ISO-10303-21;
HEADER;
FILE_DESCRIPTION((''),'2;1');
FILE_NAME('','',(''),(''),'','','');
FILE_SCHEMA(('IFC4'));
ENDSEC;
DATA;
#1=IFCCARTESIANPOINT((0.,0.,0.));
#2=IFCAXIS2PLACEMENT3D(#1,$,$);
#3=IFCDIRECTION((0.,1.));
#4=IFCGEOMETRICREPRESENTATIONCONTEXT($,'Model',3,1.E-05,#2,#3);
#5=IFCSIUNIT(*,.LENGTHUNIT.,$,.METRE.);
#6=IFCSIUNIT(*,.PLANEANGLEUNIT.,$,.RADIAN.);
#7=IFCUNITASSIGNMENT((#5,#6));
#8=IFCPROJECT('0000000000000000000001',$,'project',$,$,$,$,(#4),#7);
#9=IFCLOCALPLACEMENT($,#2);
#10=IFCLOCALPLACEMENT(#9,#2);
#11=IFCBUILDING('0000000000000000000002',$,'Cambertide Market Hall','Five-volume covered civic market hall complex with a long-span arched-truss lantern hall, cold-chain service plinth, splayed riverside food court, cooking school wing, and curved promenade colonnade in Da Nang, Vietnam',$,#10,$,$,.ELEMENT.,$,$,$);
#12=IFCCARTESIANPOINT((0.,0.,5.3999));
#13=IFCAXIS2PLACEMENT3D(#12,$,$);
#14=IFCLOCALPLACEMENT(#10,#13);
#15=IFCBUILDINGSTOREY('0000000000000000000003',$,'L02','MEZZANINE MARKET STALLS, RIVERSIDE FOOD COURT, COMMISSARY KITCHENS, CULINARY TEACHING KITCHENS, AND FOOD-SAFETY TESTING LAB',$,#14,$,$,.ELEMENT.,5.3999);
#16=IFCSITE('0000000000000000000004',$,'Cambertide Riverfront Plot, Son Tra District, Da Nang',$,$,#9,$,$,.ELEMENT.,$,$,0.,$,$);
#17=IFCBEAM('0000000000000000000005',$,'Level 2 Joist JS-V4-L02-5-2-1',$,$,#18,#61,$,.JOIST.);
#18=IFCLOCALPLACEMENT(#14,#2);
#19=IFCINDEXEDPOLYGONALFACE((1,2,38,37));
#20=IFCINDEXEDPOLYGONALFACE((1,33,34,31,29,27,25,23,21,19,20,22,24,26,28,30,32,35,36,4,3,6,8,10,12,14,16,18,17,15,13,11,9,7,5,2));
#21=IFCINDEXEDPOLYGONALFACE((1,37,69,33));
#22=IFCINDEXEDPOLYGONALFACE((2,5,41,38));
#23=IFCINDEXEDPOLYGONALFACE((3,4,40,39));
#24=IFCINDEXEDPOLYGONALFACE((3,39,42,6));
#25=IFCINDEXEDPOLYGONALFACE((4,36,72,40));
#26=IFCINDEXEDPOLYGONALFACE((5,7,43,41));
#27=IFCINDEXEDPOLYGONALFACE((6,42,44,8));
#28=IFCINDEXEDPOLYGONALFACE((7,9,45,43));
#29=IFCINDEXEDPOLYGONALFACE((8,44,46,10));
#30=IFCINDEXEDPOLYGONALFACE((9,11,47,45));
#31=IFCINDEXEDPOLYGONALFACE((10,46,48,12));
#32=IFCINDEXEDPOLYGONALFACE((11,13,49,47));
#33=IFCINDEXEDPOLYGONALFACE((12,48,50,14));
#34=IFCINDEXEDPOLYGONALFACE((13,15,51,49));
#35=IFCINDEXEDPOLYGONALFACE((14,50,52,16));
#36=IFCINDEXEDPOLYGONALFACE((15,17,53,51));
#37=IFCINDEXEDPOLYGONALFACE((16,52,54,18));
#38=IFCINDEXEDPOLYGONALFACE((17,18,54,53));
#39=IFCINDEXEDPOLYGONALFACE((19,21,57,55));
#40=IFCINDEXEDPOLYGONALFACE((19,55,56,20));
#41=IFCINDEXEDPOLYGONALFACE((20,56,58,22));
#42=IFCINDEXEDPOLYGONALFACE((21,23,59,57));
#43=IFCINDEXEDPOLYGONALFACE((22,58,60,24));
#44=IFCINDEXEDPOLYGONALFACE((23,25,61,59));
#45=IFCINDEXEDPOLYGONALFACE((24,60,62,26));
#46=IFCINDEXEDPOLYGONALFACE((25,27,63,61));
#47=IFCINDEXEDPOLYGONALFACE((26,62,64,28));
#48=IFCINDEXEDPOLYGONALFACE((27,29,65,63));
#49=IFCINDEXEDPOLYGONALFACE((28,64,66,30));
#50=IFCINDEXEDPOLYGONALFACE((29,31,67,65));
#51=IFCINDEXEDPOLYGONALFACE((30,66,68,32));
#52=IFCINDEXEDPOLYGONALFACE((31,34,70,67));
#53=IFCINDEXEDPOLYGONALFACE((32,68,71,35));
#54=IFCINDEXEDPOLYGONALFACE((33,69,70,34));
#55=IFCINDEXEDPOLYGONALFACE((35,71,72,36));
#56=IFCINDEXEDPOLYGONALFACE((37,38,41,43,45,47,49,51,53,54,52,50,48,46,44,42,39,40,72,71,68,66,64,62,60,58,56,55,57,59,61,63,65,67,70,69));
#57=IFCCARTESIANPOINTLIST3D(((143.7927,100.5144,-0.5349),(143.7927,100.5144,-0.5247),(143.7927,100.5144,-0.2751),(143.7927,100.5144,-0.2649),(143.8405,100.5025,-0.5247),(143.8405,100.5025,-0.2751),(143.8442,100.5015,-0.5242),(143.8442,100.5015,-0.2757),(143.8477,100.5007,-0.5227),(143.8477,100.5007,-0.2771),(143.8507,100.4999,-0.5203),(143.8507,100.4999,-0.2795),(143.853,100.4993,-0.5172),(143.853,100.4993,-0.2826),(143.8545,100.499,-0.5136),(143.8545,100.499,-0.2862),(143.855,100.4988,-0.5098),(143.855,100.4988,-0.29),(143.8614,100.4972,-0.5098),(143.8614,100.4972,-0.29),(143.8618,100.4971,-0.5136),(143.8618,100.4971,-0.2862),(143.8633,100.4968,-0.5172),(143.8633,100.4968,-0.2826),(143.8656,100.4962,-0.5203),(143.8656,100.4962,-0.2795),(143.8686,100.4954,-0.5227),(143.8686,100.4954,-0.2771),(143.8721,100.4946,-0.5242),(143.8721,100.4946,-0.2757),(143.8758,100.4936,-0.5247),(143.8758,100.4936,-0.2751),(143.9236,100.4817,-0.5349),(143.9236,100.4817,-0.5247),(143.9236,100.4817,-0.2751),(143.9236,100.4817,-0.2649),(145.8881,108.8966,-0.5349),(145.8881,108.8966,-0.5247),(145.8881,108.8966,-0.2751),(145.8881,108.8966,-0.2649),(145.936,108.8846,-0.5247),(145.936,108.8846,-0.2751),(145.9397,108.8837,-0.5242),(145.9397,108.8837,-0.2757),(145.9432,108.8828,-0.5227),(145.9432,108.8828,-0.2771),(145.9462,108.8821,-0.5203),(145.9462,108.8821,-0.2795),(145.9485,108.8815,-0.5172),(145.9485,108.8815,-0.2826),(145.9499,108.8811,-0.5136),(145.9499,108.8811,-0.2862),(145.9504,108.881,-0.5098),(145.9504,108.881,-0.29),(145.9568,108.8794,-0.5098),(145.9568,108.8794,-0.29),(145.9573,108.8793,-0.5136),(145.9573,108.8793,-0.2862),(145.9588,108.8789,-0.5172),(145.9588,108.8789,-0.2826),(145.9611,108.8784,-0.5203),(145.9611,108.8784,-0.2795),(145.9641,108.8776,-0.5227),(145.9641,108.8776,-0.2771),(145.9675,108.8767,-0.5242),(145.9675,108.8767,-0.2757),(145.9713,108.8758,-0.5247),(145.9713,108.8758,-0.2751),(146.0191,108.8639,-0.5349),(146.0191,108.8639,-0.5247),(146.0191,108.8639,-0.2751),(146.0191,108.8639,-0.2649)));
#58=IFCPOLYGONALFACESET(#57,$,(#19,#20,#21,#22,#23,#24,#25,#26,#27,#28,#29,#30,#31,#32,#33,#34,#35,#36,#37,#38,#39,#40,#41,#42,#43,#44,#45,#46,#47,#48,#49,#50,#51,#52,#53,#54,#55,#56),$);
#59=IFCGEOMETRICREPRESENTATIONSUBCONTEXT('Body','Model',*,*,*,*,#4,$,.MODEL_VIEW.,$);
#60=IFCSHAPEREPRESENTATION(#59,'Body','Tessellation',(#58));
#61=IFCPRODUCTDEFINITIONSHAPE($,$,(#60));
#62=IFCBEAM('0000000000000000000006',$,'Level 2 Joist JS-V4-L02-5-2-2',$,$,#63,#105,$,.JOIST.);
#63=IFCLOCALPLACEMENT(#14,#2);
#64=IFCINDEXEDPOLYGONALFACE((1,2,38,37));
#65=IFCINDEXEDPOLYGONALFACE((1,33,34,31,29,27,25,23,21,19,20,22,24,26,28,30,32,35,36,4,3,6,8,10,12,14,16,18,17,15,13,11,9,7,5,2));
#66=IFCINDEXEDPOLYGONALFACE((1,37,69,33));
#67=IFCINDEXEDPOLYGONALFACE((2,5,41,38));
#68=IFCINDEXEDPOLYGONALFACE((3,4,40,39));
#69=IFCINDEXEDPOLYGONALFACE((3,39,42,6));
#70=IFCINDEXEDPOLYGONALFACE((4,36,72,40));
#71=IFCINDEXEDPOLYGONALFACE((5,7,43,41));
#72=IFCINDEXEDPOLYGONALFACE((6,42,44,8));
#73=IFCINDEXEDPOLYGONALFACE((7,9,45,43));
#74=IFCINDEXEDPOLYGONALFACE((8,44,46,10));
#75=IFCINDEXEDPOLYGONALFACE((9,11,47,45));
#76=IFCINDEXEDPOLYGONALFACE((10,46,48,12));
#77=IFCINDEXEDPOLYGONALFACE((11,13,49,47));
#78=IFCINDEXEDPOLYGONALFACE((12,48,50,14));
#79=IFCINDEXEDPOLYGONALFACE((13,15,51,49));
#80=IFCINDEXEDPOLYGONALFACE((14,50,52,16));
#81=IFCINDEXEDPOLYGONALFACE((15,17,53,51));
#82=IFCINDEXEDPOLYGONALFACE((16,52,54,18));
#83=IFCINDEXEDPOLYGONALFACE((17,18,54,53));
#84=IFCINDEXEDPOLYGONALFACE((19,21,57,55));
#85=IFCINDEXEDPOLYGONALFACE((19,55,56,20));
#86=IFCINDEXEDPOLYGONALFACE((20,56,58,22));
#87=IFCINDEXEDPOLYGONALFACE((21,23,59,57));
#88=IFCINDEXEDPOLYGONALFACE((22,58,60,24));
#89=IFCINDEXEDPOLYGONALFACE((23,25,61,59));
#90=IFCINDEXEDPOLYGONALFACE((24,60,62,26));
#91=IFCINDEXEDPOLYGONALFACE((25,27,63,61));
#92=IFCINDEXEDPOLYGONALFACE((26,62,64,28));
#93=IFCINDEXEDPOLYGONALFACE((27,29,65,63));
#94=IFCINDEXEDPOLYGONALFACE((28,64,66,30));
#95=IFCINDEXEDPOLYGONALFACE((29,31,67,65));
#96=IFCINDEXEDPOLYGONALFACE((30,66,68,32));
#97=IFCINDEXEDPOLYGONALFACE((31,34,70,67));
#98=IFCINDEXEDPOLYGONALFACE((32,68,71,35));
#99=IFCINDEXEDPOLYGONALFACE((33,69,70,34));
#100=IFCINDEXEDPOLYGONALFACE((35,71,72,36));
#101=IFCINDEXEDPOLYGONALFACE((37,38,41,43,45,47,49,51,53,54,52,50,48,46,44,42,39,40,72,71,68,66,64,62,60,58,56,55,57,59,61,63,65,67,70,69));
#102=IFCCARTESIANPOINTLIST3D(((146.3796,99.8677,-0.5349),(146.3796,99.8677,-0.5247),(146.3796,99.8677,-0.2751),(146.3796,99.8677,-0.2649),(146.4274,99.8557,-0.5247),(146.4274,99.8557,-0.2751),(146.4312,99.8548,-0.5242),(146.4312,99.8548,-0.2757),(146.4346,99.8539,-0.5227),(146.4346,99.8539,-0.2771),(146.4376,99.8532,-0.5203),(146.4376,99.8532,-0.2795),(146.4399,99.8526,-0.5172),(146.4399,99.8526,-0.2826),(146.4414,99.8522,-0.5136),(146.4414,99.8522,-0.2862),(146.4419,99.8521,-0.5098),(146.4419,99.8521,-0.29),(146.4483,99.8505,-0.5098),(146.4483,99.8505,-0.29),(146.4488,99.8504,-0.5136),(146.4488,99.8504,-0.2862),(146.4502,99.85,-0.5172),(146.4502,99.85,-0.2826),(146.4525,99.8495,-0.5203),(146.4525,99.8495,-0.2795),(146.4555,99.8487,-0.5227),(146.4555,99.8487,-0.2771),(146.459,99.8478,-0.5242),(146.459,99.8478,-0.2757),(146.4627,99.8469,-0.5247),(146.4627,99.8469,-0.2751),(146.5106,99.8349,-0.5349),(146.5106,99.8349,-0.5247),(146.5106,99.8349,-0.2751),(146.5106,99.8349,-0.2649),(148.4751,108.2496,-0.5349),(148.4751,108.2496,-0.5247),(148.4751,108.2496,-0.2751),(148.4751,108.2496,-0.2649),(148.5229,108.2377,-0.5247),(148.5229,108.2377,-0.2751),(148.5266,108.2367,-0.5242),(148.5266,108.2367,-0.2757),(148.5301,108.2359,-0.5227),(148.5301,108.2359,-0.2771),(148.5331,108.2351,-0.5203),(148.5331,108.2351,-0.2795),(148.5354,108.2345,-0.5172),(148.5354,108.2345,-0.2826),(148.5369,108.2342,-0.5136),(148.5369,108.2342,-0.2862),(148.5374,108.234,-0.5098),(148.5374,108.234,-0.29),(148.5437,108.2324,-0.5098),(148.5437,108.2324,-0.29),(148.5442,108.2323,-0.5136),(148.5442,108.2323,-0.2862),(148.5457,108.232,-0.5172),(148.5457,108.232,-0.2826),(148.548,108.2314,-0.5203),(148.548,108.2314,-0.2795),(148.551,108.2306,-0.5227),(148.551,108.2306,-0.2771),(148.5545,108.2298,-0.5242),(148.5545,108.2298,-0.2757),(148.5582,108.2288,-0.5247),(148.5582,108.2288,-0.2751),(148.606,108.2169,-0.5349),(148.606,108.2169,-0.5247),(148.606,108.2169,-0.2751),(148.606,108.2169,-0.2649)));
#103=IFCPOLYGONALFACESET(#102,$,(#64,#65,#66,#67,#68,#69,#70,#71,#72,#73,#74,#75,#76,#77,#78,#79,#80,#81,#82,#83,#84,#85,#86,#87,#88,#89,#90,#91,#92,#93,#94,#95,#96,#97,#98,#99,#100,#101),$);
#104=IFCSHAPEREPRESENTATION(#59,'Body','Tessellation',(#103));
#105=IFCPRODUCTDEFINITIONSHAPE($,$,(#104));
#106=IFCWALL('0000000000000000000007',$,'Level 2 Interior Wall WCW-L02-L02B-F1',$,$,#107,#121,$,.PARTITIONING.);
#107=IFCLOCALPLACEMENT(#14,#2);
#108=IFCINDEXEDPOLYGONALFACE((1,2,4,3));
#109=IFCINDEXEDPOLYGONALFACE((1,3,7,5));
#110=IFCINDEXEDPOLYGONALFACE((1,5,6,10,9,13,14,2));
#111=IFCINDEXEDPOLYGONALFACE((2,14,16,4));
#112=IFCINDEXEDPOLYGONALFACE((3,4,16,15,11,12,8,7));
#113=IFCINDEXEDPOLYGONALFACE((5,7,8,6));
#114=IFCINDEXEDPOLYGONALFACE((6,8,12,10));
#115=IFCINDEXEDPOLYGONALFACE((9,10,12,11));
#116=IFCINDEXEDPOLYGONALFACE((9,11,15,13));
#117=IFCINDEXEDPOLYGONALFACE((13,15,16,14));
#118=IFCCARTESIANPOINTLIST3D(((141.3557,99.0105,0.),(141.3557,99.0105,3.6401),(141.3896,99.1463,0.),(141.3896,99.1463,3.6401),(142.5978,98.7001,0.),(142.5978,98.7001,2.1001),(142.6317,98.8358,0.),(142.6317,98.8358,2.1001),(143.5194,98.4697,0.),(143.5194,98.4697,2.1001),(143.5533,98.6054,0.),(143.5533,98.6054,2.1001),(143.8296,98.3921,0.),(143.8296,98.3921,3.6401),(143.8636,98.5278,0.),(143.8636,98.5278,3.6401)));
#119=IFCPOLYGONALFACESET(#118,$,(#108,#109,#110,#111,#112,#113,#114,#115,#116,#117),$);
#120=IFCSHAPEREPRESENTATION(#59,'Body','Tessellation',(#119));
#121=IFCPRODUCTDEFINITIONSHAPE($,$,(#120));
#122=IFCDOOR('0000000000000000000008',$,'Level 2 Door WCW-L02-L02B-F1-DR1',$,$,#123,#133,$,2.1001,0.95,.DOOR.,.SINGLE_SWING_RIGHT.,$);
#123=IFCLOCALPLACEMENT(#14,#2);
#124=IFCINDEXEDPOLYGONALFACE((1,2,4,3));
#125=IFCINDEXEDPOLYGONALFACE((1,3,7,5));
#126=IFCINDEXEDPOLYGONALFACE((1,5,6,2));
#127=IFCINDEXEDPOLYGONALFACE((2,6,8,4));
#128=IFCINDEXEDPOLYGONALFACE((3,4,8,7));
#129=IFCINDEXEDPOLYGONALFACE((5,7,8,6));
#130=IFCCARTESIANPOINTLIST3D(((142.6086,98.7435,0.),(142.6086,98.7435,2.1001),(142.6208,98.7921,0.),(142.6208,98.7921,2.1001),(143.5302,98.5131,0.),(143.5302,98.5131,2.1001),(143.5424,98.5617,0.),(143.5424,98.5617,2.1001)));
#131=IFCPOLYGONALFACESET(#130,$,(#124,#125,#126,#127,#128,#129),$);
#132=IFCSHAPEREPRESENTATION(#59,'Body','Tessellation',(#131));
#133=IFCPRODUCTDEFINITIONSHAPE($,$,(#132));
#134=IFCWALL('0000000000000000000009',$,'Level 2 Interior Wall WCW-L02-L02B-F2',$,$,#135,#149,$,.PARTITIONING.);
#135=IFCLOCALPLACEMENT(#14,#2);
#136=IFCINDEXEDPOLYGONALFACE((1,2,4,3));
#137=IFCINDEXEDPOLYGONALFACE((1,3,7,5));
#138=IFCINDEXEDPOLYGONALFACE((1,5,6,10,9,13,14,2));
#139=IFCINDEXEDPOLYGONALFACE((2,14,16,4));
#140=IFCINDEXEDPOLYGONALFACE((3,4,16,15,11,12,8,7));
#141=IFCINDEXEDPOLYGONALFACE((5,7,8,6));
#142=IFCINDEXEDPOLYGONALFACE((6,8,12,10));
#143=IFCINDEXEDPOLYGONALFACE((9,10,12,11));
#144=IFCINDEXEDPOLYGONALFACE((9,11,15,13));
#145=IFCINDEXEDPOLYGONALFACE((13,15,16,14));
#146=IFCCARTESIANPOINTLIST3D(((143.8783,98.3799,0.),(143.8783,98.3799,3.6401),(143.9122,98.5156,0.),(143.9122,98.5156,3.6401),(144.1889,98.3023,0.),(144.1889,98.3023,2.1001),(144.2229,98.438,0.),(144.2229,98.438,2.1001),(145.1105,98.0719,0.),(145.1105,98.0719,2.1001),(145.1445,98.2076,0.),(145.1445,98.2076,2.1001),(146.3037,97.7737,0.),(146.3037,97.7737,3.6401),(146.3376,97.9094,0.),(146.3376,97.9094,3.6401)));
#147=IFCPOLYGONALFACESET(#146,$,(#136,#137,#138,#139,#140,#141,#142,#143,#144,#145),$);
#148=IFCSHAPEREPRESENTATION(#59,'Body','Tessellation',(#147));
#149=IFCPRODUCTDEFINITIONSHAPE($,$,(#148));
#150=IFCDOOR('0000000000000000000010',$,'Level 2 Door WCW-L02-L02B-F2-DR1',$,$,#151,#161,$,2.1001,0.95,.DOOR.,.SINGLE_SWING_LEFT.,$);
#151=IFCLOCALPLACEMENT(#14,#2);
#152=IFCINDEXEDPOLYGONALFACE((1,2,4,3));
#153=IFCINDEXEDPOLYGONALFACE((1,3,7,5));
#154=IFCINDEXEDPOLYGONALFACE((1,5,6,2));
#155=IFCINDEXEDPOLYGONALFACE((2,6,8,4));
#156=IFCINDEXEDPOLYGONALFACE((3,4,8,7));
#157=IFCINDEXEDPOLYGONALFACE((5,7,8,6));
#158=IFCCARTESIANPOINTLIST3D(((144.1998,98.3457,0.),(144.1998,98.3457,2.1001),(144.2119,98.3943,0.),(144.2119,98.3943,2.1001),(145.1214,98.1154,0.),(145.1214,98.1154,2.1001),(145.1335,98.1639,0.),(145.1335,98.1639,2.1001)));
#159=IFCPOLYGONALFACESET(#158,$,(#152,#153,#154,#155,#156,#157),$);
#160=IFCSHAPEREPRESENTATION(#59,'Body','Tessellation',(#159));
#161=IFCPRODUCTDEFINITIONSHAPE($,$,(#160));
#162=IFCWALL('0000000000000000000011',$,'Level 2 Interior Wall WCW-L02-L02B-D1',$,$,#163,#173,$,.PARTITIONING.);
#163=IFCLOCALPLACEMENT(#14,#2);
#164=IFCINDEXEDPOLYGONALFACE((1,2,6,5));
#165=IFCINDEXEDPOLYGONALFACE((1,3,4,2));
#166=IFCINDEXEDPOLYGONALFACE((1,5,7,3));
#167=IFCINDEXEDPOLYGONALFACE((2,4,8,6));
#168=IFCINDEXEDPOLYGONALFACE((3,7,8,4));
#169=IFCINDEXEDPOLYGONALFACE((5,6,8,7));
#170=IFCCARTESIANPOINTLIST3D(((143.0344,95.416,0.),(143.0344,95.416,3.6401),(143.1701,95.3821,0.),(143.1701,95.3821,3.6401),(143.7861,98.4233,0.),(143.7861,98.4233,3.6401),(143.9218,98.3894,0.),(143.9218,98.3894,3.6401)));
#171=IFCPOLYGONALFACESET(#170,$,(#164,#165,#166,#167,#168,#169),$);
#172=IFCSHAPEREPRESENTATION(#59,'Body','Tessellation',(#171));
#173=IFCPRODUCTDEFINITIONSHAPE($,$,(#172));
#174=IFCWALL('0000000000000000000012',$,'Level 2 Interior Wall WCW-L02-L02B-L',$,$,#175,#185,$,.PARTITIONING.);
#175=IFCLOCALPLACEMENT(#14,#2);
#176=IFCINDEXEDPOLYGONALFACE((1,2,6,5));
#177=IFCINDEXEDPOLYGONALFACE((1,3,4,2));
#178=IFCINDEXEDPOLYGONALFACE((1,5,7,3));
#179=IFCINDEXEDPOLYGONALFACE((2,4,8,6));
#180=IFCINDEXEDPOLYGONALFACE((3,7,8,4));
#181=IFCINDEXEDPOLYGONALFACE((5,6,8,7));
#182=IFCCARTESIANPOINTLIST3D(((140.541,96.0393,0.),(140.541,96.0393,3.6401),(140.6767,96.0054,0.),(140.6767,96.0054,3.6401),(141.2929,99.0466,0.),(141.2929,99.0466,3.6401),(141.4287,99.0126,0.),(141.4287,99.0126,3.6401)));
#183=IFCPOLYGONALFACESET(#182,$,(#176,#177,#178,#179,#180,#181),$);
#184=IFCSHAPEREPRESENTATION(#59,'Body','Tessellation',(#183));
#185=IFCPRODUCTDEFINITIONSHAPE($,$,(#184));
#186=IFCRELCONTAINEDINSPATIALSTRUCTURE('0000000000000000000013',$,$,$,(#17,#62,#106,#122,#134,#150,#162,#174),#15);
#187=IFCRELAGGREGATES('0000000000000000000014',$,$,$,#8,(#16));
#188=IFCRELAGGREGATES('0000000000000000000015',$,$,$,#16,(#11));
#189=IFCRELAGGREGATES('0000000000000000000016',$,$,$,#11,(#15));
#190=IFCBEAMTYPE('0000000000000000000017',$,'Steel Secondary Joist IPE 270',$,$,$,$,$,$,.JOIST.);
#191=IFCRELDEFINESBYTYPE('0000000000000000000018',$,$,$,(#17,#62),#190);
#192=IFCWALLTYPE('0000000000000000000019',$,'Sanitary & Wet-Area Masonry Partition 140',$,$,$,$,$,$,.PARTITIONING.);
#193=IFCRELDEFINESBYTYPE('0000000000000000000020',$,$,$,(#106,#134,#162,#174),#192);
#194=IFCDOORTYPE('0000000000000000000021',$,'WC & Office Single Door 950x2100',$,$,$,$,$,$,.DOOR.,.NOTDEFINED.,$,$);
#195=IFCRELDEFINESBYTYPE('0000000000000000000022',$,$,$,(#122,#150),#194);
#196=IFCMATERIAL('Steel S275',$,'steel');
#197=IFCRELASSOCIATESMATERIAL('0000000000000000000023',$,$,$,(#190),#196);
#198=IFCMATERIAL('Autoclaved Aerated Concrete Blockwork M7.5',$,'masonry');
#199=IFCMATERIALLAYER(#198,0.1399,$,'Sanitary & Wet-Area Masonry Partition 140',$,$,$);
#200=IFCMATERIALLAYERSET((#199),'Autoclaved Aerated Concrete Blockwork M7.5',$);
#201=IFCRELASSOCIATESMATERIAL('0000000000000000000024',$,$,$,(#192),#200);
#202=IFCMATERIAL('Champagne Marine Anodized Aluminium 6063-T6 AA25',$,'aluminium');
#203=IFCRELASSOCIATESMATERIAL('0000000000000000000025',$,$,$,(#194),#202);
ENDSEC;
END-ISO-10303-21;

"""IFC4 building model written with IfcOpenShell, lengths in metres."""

from ifc_helpers import new_model, si_unit, direction, frame, frame_2d, origin, origin_2d, place, context, subcontext, project, spatial, rectangle, i_section, extrude, material, layer, layer_set, material_profile, profile_set, type_object, element, fill, save


model = new_model("IFC4")

# Units and contexts
model_context = context("Model", 3, precision=1e-05, world=origin(), true_north=direction((0.0, 1.0)))
body_context = subcontext(model_context, "Body", "Model", "MODEL_VIEW")
ifc_project = project(units=[si_unit("LENGTHUNIT", "METRE"), si_unit("PLANEANGLEUNIT", "RADIAN")], contexts=[model_context])

# Site, building, storey
site_placement = place(None, origin())
site = spatial("IfcSite", under=ifc_project, at=site_placement, Name="Cambertide Riverfront Plot, Son Tra District, Da Nang", CompositionType="ELEMENT", RefElevation=0.0)
building_placement = place(site_placement, origin())
building = spatial("IfcBuilding", under=site, at=building_placement, Name="Cambertide Market Hall", Description="Five-volume covered civic market hall complex with a long-span arched-truss lantern hall, cold-chain service plinth, splayed riverside food court, cooking school wing, and curved promenade colonnade in Da Nang, Vietnam", CompositionType="ELEMENT")
storey_placement = place(building_placement, frame((0.0, 0.0, 5.3999)))
storey = spatial("IfcBuildingStorey", under=building, at=storey_placement, Name="L02", Description="MEZZANINE MARKET STALLS, RIVERSIDE FOOD COURT, COMMISSARY KITCHENS, CULINARY TEACHING KITCHENS, AND FOOD-SAFETY TESTING LAB", CompositionType="ELEMENT", Elevation=5.3999)

# Beams
ifc_material_1 = material(Name="Steel S275", Category="steel")
ifc_material_profile_1 = material_profile(ifc_material_1, i_section(OverallWidth=0.135, OverallDepth=0.27, WebThickness=0.0066, FlangeThickness=0.0103, FilletRadius=0.0149, at=origin_2d()), Name="IPE 270")
ifc_profile_set_1 = profile_set([ifc_material_profile_1], Name="Steel S275")
beam_type_1 = type_object("IfcBeamType", Name="Steel Secondary Joist IPE 270", PredefinedType="JOIST", material=ifc_profile_set_1)
for number, where, z_axis, x_axis, name in (
    (1, (143.8582, 100.498, -0.3999), (0.242529, 0.970144, 0.0), (-0.970144, 0.242529, 0.0), "Level 2 Joist JS-V4-L02-5-2-1"),
):
    element("IfcBeam", number, at=place(storey_placement, frame(where, z_axis=z_axis, x_axis=x_axis)), inside=storey, type_object=beam_type_1, Name=name, PredefinedType="JOIST", context=body_context, shape_type="SweptSolid", body=[
        extrude(i_section(OverallWidth=0.135, OverallDepth=0.27, WebThickness=0.0066, FlangeThickness=0.0103, FilletRadius=0.0149, at=origin_2d()), origin(), (0.0, 0.0, 1.0), 8.6401),
    ])
beam_1_placement = place(storey_placement, frame((146.4451, 99.8513, -0.3999), z_axis=(0.242536, 0.970143, 0.0), x_axis=(-0.970143, 0.242536, 0.0)))
element("IfcBeam", 2, at=beam_1_placement, inside=storey, type_object=beam_type_1, Name="Level 2 Joist JS-V4-L02-5-2-2", PredefinedType="JOIST", context=body_context, shape_type="SweptSolid", body=[
    extrude(i_section(OverallWidth=0.135, OverallDepth=0.27, WebThickness=0.0066, FlangeThickness=0.0103, FilletRadius=0.0149, at=origin_2d()), origin(), (0.0, 0.0, 1.0), 8.6399),
])

# Walls, openings, doors
ifc_material_2 = material(Name="Autoclaved Aerated Concrete Blockwork M7.5", Category="masonry")
ifc_layer_1 = layer(ifc_material_2, 0.1399, Name="Sanitary & Wet-Area Masonry Partition 140")
ifc_layer_set_1 = layer_set([ifc_layer_1], Name="Autoclaved Aerated Concrete Blockwork M7.5")
wall_type_1 = type_object("IfcWallType", Name="Sanitary & Wet-Area Masonry Partition 140", PredefinedType="PARTITIONING", material=ifc_layer_set_1)
wall_1_placement = place(storey_placement, frame((141.3728, 99.0784, 0.0), z_axis=(0.0, 0.0, 1.0), x_axis=(0.970148, -0.242513, 0.0)))
wall_1 = element("IfcWall", 3, at=wall_1_placement, inside=storey, type_object=wall_type_1, Name="Level 2 Interior Wall WCW-L02-L02B-F1", PredefinedType="PARTITIONING", context=body_context, shape_type="SweptSolid", body=[
    extrude(rectangle(XDim=2.55, YDim=0.1399, at=frame_2d((1.2749, 0.0))), origin(), (0.0, 0.0, 1.0), 3.6401),
])
opening_1_placement = place(wall_1_placement, frame((1.28, 0.0, 0.0)))
opening_1 = element("IfcOpeningElement", 4, at=opening_1_placement, cuts=wall_1, PredefinedType="OPENING", context=body_context, shape_type="SweptSolid", body=[
    extrude(rectangle(XDim=0.95, YDim=2.1001, at=frame_2d((0.4751, 1.05))), frame((0.0, 0.0798, 0.0), z_axis=(0.0, -1.0, 0.0), x_axis=(1.0, 0.0, 0.0)), (0.0, 0.0, 1.0), 0.1599),
])
ifc_material_3 = material(Name="Champagne Marine Anodized Aluminium 6063-T6 AA25", Category="aluminium")
door_type_1 = type_object("IfcDoorType", Name="WC & Office Single Door 950x2100", OperationType="NOTDEFINED", PredefinedType="DOOR", material=ifc_material_3)
door_1_placement = place(opening_1_placement, origin())
door_1 = element("IfcDoor", 5, at=door_1_placement, inside=storey, type_object=door_type_1, Name="Level 2 Door WCW-L02-L02B-F1-DR1", OperationType="SINGLE_SWING_RIGHT", OverallHeight=2.1001, OverallWidth=0.95, PredefinedType="DOOR", context=body_context, shape_type="SweptSolid", body=[
    extrude(rectangle(XDim=0.95, YDim=2.1001, at=frame_2d((0.4751, 1.05))), frame((0.0, 0.0249, 0.0), z_axis=(0.0, -1.0, 0.0), x_axis=(1.0, 0.0, 0.0)), (0.0, 0.0, 1.0), 0.05),
])
fill(opening_1, door_1)
wall_2_placement = place(storey_placement, frame((143.8953, 98.4478, 0.0), z_axis=(0.0, 0.0, 1.0), x_axis=(0.970154, -0.24249, 0.0)))
wall_2 = element("IfcWall", 6, at=wall_2_placement, inside=storey, type_object=wall_type_1, Name="Level 2 Interior Wall WCW-L02-L02B-F2", PredefinedType="PARTITIONING", context=body_context, shape_type="SweptSolid", body=[
    extrude(rectangle(XDim=2.5, YDim=0.1399, at=frame_2d((1.25, 0.0))), origin(), (0.0, 0.0, 1.0), 3.6401),
])
opening_2_placement = place(wall_2_placement, frame((0.3201, 0.0, 0.0)))
opening_2 = element("IfcOpeningElement", 7, at=opening_2_placement, cuts=wall_2, PredefinedType="OPENING", context=body_context, shape_type="SweptSolid", body=[
    extrude(rectangle(XDim=0.95, YDim=2.1001, at=frame_2d((0.4751, 1.05))), frame((0.0, 0.0798, 0.0), z_axis=(0.0, -1.0, 0.0), x_axis=(1.0, 0.0, 0.0)), (0.0, 0.0, 1.0), 0.1599),
])
door_2_placement = place(opening_2_placement, origin())
door_2 = element("IfcDoor", 8, at=door_2_placement, inside=storey, type_object=door_type_1, Name="Level 2 Door WCW-L02-L02B-F2-DR1", OperationType="SINGLE_SWING_LEFT", OverallHeight=2.1001, OverallWidth=0.95, PredefinedType="DOOR", context=body_context, shape_type="SweptSolid", body=[
    extrude(rectangle(XDim=0.95, YDim=2.1001, at=frame_2d((0.4751, 1.05))), frame((0.0, 0.0249, 0.0), z_axis=(0.0, -1.0, 0.0), x_axis=(1.0, 0.0, 0.0)), (0.0, 0.0, 1.0), 0.05),
])
fill(opening_2, door_2)

# Walls
for number, where, z_axis, x_axis, name in (
    (9, (143.1023, 95.3992, 0.0), (0.0, 0.0, 1.0), (0.242499, 0.970152, 0.0), "Level 2 Interior Wall WCW-L02-L02B-D1"),
    (10, (140.6089, 96.0225, 0.0), (0.0, 0.0, 1.0), (0.242573, 0.970133, 0.0), "Level 2 Interior Wall WCW-L02-L02B-L"),
):
    element("IfcWall", number, at=place(storey_placement, frame(where, z_axis=z_axis, x_axis=x_axis)), inside=storey, type_object=wall_type_1, Name=name, PredefinedType="PARTITIONING", context=body_context, shape_type="SweptSolid", body=[
        extrude(rectangle(XDim=3.0999, YDim=0.1399, at=frame_2d((1.5498, 0.0))), origin(), (0.0, 0.0, 1.0), 3.6401),
    ])

save(model, "model.ifc")
